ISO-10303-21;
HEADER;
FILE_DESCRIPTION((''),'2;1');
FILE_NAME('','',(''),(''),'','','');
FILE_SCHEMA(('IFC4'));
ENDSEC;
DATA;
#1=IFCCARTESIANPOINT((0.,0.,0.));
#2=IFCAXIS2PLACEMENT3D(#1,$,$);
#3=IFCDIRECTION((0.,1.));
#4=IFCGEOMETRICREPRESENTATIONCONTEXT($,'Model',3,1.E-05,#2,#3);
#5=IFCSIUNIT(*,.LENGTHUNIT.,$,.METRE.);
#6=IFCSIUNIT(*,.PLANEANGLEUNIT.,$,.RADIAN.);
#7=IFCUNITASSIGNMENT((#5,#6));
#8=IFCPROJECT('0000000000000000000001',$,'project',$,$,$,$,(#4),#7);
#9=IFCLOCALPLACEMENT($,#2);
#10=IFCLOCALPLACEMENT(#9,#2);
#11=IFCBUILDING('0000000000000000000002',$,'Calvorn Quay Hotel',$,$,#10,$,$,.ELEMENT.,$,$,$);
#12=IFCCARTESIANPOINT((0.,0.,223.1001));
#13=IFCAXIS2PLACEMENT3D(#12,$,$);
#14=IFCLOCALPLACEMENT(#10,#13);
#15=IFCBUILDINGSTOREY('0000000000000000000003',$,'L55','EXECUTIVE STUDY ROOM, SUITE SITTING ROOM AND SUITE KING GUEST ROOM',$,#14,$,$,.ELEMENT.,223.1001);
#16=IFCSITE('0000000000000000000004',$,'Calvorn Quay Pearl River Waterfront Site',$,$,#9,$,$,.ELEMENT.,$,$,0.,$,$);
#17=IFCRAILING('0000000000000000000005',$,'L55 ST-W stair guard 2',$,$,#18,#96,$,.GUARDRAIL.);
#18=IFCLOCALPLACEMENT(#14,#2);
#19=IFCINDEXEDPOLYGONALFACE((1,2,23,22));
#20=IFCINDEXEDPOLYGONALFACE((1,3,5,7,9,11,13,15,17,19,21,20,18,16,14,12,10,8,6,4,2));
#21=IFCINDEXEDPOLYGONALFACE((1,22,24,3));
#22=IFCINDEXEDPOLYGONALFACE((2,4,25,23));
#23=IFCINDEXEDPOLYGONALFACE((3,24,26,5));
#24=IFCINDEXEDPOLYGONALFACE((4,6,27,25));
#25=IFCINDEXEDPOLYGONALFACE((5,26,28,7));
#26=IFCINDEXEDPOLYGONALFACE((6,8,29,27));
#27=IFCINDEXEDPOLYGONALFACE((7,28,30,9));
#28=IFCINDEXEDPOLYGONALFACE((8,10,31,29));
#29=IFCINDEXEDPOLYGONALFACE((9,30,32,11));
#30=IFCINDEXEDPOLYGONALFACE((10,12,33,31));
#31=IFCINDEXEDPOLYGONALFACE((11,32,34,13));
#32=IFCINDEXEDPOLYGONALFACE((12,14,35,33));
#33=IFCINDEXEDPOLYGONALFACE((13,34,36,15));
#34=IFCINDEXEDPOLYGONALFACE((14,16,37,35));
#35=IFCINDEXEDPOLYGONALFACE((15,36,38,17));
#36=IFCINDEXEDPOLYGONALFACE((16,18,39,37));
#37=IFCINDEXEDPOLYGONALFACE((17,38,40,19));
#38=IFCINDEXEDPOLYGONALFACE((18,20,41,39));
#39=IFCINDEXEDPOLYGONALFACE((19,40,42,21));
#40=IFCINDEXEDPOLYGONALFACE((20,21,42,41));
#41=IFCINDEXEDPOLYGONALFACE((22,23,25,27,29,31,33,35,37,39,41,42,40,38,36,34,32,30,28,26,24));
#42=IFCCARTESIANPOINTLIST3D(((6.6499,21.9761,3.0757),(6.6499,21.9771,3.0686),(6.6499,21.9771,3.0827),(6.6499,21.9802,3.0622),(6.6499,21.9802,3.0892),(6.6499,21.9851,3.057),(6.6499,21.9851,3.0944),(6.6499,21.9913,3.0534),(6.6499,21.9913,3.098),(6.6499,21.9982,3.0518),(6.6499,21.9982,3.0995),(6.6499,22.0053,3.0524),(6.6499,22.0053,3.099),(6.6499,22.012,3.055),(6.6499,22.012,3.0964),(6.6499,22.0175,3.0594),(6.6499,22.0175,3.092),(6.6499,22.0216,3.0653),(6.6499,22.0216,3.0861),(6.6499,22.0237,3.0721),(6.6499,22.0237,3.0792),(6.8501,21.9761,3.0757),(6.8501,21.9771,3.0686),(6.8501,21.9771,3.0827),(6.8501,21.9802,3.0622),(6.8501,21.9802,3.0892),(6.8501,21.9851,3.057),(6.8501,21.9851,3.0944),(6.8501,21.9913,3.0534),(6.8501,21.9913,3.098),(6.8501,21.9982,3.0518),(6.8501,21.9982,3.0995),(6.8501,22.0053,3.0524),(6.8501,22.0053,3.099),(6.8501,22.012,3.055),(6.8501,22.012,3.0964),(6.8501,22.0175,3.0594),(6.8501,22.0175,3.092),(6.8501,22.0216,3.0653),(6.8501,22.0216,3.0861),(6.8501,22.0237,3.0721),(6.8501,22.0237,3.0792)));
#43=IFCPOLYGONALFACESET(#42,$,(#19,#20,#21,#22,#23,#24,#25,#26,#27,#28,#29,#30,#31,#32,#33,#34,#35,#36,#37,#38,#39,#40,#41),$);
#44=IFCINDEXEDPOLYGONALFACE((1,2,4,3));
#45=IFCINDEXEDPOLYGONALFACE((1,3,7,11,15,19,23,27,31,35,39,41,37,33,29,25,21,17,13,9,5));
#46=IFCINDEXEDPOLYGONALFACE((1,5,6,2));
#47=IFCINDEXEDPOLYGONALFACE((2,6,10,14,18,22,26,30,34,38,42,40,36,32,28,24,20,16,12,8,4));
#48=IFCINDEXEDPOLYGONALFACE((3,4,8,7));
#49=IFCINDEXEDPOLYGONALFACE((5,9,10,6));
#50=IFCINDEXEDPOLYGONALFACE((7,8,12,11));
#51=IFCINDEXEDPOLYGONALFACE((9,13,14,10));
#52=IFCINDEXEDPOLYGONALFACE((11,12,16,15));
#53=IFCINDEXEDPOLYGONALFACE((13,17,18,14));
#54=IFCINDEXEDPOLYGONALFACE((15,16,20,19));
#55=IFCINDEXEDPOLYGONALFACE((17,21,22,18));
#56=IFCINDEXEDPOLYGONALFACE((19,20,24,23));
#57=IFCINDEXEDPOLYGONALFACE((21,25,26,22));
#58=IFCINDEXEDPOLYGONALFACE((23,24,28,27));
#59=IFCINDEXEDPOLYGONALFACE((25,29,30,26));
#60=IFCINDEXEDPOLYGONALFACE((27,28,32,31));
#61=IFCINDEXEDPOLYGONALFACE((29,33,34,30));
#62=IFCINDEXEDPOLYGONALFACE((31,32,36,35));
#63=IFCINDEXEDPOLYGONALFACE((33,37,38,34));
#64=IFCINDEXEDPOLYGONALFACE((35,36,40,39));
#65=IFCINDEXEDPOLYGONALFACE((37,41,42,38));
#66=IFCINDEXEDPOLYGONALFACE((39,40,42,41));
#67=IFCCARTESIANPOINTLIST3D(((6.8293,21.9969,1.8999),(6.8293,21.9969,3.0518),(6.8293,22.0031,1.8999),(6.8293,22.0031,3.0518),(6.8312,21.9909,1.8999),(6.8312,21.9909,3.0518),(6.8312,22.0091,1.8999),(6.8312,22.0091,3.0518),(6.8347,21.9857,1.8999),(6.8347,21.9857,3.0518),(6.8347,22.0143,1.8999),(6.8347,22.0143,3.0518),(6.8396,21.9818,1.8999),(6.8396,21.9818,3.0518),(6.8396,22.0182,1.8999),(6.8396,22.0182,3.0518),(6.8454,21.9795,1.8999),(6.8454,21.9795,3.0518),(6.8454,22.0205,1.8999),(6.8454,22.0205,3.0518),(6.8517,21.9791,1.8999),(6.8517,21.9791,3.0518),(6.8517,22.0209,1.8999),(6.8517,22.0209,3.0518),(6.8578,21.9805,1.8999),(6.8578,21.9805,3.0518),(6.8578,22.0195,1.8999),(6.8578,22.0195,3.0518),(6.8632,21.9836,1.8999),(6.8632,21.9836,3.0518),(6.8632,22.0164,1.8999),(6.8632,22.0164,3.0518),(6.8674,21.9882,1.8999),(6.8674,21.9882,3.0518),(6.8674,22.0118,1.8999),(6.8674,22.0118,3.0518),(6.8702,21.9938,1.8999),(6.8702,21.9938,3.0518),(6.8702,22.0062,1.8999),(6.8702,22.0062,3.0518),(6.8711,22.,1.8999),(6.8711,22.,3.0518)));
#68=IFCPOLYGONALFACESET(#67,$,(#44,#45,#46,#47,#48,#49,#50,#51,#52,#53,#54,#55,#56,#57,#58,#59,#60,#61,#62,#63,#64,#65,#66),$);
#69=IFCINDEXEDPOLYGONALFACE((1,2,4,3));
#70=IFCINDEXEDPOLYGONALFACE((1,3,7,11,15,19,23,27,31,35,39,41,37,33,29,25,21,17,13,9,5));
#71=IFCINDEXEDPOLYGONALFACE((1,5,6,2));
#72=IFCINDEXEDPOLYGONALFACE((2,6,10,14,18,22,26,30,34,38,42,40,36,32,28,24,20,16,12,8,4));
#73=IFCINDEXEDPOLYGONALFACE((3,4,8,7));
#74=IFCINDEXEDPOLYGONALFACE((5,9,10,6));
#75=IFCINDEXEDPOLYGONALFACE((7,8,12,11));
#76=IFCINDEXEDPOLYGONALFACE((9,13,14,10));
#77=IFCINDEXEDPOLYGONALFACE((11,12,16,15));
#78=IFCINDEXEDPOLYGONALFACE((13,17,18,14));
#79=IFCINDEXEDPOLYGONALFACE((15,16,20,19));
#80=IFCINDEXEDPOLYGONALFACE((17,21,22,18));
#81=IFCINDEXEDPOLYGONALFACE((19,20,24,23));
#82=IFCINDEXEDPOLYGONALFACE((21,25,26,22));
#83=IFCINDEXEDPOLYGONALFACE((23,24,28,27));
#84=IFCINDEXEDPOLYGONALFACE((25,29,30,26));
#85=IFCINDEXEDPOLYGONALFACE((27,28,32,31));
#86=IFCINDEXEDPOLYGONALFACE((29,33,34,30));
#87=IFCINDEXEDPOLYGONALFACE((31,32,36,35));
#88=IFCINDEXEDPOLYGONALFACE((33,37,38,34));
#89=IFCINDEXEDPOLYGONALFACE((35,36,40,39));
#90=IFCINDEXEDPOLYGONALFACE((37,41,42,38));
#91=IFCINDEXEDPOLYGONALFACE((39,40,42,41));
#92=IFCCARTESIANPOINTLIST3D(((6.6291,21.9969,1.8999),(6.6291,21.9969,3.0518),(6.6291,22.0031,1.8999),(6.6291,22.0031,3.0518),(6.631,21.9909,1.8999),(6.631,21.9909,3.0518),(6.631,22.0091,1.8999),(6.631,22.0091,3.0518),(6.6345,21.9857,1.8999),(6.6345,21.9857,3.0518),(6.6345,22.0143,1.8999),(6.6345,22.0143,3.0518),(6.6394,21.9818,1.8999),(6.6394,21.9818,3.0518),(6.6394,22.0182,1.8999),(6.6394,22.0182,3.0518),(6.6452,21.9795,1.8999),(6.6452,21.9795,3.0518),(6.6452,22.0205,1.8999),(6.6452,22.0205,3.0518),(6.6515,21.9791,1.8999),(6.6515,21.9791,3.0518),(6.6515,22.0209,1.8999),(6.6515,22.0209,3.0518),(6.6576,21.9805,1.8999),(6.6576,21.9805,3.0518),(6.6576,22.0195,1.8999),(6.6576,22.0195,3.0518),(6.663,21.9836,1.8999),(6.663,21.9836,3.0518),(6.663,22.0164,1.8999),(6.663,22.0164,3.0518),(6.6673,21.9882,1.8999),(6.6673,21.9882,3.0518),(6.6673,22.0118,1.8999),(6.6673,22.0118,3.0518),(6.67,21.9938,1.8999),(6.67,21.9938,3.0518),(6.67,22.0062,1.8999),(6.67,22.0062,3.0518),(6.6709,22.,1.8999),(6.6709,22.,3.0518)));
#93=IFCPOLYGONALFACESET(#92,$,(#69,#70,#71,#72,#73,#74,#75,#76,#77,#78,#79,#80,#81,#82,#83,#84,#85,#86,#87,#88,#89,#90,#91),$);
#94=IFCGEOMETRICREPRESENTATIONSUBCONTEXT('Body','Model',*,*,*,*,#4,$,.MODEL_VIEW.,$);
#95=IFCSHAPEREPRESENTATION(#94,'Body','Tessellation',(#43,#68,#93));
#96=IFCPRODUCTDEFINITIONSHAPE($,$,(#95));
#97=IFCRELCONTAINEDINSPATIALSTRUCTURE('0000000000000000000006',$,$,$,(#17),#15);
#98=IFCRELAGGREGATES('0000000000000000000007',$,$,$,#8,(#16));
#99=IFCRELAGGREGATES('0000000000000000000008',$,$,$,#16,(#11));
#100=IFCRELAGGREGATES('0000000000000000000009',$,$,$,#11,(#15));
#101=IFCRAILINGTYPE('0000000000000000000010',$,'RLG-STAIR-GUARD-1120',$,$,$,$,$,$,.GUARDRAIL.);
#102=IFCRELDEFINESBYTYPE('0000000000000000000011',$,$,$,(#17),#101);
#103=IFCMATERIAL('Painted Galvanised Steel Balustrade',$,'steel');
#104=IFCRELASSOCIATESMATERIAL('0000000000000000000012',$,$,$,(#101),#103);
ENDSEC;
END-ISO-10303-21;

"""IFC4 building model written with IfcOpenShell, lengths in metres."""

from ifc_helpers import new_model, si_unit, direction, frame, origin, origin_2d, place, context, subcontext, project, spatial, circle, extrude, material, type_object, element, save


model = new_model("IFC4")

# Units and contexts
model_context = context("Model", 3, precision=1e-05, world=origin(), true_north=direction((0.0, 1.0)))
body_context = subcontext(model_context, "Body", "Model", "MODEL_VIEW")
ifc_project = project(units=[si_unit("LENGTHUNIT", "METRE"), si_unit("PLANEANGLEUNIT", "RADIAN")], contexts=[model_context])

# Site, building, storey
site_placement = place(None, origin())
site = spatial("IfcSite", under=ifc_project, at=site_placement, Name="Calvorn Quay Pearl River Waterfront Site", CompositionType="ELEMENT", RefElevation=0.0)
building_placement = place(site_placement, origin())
building = spatial("IfcBuilding", under=site, at=building_placement, Name="Calvorn Quay Hotel", CompositionType="ELEMENT")
storey_placement = place(building_placement, frame((0.0, 0.0, 223.1001)))
storey = spatial("IfcBuildingStorey", under=building, at=storey_placement, Name="L55", Description="EXECUTIVE STUDY ROOM, SUITE SITTING ROOM AND SUITE KING GUEST ROOM", CompositionType="ELEMENT", Elevation=223.1001)

# Railing
ifc_material_1 = material(Name="Painted Galvanised Steel Balustrade", Category="steel")
railing_type_1 = type_object("IfcRailingType", Name="RLG-STAIR-GUARD-1120", PredefinedType="GUARDRAIL", material=ifc_material_1)
railing_1_placement = place(storey_placement, frame((6.8501, 22.0, 1.8999)))
element("IfcRailing", 1, at=railing_1_placement, inside=storey, type_object=railing_type_1, Name="L55 ST-W stair guard 2", PredefinedType="GUARDRAIL", context=body_context, shape_type="SweptSolid", body=[
    extrude(circle(Radius=0.0239, at=origin_2d()), frame((0.0, 0.0, 1.1758), z_axis=(-1.0, 0.0, 0.0), x_axis=(0.0, -1.0, 0.0)), (0.0, 0.0, 1.0), 0.2002),
    extrude(circle(Radius=0.021, at=origin_2d()), origin(), (0.0, 0.0, 1.0), 1.1519),
    extrude(circle(Radius=0.021, at=origin_2d()), frame((-0.2002, 0.0, 0.0)), (0.0, 0.0, 1.0), 1.1519),
])

save(model, "model.ifc")
